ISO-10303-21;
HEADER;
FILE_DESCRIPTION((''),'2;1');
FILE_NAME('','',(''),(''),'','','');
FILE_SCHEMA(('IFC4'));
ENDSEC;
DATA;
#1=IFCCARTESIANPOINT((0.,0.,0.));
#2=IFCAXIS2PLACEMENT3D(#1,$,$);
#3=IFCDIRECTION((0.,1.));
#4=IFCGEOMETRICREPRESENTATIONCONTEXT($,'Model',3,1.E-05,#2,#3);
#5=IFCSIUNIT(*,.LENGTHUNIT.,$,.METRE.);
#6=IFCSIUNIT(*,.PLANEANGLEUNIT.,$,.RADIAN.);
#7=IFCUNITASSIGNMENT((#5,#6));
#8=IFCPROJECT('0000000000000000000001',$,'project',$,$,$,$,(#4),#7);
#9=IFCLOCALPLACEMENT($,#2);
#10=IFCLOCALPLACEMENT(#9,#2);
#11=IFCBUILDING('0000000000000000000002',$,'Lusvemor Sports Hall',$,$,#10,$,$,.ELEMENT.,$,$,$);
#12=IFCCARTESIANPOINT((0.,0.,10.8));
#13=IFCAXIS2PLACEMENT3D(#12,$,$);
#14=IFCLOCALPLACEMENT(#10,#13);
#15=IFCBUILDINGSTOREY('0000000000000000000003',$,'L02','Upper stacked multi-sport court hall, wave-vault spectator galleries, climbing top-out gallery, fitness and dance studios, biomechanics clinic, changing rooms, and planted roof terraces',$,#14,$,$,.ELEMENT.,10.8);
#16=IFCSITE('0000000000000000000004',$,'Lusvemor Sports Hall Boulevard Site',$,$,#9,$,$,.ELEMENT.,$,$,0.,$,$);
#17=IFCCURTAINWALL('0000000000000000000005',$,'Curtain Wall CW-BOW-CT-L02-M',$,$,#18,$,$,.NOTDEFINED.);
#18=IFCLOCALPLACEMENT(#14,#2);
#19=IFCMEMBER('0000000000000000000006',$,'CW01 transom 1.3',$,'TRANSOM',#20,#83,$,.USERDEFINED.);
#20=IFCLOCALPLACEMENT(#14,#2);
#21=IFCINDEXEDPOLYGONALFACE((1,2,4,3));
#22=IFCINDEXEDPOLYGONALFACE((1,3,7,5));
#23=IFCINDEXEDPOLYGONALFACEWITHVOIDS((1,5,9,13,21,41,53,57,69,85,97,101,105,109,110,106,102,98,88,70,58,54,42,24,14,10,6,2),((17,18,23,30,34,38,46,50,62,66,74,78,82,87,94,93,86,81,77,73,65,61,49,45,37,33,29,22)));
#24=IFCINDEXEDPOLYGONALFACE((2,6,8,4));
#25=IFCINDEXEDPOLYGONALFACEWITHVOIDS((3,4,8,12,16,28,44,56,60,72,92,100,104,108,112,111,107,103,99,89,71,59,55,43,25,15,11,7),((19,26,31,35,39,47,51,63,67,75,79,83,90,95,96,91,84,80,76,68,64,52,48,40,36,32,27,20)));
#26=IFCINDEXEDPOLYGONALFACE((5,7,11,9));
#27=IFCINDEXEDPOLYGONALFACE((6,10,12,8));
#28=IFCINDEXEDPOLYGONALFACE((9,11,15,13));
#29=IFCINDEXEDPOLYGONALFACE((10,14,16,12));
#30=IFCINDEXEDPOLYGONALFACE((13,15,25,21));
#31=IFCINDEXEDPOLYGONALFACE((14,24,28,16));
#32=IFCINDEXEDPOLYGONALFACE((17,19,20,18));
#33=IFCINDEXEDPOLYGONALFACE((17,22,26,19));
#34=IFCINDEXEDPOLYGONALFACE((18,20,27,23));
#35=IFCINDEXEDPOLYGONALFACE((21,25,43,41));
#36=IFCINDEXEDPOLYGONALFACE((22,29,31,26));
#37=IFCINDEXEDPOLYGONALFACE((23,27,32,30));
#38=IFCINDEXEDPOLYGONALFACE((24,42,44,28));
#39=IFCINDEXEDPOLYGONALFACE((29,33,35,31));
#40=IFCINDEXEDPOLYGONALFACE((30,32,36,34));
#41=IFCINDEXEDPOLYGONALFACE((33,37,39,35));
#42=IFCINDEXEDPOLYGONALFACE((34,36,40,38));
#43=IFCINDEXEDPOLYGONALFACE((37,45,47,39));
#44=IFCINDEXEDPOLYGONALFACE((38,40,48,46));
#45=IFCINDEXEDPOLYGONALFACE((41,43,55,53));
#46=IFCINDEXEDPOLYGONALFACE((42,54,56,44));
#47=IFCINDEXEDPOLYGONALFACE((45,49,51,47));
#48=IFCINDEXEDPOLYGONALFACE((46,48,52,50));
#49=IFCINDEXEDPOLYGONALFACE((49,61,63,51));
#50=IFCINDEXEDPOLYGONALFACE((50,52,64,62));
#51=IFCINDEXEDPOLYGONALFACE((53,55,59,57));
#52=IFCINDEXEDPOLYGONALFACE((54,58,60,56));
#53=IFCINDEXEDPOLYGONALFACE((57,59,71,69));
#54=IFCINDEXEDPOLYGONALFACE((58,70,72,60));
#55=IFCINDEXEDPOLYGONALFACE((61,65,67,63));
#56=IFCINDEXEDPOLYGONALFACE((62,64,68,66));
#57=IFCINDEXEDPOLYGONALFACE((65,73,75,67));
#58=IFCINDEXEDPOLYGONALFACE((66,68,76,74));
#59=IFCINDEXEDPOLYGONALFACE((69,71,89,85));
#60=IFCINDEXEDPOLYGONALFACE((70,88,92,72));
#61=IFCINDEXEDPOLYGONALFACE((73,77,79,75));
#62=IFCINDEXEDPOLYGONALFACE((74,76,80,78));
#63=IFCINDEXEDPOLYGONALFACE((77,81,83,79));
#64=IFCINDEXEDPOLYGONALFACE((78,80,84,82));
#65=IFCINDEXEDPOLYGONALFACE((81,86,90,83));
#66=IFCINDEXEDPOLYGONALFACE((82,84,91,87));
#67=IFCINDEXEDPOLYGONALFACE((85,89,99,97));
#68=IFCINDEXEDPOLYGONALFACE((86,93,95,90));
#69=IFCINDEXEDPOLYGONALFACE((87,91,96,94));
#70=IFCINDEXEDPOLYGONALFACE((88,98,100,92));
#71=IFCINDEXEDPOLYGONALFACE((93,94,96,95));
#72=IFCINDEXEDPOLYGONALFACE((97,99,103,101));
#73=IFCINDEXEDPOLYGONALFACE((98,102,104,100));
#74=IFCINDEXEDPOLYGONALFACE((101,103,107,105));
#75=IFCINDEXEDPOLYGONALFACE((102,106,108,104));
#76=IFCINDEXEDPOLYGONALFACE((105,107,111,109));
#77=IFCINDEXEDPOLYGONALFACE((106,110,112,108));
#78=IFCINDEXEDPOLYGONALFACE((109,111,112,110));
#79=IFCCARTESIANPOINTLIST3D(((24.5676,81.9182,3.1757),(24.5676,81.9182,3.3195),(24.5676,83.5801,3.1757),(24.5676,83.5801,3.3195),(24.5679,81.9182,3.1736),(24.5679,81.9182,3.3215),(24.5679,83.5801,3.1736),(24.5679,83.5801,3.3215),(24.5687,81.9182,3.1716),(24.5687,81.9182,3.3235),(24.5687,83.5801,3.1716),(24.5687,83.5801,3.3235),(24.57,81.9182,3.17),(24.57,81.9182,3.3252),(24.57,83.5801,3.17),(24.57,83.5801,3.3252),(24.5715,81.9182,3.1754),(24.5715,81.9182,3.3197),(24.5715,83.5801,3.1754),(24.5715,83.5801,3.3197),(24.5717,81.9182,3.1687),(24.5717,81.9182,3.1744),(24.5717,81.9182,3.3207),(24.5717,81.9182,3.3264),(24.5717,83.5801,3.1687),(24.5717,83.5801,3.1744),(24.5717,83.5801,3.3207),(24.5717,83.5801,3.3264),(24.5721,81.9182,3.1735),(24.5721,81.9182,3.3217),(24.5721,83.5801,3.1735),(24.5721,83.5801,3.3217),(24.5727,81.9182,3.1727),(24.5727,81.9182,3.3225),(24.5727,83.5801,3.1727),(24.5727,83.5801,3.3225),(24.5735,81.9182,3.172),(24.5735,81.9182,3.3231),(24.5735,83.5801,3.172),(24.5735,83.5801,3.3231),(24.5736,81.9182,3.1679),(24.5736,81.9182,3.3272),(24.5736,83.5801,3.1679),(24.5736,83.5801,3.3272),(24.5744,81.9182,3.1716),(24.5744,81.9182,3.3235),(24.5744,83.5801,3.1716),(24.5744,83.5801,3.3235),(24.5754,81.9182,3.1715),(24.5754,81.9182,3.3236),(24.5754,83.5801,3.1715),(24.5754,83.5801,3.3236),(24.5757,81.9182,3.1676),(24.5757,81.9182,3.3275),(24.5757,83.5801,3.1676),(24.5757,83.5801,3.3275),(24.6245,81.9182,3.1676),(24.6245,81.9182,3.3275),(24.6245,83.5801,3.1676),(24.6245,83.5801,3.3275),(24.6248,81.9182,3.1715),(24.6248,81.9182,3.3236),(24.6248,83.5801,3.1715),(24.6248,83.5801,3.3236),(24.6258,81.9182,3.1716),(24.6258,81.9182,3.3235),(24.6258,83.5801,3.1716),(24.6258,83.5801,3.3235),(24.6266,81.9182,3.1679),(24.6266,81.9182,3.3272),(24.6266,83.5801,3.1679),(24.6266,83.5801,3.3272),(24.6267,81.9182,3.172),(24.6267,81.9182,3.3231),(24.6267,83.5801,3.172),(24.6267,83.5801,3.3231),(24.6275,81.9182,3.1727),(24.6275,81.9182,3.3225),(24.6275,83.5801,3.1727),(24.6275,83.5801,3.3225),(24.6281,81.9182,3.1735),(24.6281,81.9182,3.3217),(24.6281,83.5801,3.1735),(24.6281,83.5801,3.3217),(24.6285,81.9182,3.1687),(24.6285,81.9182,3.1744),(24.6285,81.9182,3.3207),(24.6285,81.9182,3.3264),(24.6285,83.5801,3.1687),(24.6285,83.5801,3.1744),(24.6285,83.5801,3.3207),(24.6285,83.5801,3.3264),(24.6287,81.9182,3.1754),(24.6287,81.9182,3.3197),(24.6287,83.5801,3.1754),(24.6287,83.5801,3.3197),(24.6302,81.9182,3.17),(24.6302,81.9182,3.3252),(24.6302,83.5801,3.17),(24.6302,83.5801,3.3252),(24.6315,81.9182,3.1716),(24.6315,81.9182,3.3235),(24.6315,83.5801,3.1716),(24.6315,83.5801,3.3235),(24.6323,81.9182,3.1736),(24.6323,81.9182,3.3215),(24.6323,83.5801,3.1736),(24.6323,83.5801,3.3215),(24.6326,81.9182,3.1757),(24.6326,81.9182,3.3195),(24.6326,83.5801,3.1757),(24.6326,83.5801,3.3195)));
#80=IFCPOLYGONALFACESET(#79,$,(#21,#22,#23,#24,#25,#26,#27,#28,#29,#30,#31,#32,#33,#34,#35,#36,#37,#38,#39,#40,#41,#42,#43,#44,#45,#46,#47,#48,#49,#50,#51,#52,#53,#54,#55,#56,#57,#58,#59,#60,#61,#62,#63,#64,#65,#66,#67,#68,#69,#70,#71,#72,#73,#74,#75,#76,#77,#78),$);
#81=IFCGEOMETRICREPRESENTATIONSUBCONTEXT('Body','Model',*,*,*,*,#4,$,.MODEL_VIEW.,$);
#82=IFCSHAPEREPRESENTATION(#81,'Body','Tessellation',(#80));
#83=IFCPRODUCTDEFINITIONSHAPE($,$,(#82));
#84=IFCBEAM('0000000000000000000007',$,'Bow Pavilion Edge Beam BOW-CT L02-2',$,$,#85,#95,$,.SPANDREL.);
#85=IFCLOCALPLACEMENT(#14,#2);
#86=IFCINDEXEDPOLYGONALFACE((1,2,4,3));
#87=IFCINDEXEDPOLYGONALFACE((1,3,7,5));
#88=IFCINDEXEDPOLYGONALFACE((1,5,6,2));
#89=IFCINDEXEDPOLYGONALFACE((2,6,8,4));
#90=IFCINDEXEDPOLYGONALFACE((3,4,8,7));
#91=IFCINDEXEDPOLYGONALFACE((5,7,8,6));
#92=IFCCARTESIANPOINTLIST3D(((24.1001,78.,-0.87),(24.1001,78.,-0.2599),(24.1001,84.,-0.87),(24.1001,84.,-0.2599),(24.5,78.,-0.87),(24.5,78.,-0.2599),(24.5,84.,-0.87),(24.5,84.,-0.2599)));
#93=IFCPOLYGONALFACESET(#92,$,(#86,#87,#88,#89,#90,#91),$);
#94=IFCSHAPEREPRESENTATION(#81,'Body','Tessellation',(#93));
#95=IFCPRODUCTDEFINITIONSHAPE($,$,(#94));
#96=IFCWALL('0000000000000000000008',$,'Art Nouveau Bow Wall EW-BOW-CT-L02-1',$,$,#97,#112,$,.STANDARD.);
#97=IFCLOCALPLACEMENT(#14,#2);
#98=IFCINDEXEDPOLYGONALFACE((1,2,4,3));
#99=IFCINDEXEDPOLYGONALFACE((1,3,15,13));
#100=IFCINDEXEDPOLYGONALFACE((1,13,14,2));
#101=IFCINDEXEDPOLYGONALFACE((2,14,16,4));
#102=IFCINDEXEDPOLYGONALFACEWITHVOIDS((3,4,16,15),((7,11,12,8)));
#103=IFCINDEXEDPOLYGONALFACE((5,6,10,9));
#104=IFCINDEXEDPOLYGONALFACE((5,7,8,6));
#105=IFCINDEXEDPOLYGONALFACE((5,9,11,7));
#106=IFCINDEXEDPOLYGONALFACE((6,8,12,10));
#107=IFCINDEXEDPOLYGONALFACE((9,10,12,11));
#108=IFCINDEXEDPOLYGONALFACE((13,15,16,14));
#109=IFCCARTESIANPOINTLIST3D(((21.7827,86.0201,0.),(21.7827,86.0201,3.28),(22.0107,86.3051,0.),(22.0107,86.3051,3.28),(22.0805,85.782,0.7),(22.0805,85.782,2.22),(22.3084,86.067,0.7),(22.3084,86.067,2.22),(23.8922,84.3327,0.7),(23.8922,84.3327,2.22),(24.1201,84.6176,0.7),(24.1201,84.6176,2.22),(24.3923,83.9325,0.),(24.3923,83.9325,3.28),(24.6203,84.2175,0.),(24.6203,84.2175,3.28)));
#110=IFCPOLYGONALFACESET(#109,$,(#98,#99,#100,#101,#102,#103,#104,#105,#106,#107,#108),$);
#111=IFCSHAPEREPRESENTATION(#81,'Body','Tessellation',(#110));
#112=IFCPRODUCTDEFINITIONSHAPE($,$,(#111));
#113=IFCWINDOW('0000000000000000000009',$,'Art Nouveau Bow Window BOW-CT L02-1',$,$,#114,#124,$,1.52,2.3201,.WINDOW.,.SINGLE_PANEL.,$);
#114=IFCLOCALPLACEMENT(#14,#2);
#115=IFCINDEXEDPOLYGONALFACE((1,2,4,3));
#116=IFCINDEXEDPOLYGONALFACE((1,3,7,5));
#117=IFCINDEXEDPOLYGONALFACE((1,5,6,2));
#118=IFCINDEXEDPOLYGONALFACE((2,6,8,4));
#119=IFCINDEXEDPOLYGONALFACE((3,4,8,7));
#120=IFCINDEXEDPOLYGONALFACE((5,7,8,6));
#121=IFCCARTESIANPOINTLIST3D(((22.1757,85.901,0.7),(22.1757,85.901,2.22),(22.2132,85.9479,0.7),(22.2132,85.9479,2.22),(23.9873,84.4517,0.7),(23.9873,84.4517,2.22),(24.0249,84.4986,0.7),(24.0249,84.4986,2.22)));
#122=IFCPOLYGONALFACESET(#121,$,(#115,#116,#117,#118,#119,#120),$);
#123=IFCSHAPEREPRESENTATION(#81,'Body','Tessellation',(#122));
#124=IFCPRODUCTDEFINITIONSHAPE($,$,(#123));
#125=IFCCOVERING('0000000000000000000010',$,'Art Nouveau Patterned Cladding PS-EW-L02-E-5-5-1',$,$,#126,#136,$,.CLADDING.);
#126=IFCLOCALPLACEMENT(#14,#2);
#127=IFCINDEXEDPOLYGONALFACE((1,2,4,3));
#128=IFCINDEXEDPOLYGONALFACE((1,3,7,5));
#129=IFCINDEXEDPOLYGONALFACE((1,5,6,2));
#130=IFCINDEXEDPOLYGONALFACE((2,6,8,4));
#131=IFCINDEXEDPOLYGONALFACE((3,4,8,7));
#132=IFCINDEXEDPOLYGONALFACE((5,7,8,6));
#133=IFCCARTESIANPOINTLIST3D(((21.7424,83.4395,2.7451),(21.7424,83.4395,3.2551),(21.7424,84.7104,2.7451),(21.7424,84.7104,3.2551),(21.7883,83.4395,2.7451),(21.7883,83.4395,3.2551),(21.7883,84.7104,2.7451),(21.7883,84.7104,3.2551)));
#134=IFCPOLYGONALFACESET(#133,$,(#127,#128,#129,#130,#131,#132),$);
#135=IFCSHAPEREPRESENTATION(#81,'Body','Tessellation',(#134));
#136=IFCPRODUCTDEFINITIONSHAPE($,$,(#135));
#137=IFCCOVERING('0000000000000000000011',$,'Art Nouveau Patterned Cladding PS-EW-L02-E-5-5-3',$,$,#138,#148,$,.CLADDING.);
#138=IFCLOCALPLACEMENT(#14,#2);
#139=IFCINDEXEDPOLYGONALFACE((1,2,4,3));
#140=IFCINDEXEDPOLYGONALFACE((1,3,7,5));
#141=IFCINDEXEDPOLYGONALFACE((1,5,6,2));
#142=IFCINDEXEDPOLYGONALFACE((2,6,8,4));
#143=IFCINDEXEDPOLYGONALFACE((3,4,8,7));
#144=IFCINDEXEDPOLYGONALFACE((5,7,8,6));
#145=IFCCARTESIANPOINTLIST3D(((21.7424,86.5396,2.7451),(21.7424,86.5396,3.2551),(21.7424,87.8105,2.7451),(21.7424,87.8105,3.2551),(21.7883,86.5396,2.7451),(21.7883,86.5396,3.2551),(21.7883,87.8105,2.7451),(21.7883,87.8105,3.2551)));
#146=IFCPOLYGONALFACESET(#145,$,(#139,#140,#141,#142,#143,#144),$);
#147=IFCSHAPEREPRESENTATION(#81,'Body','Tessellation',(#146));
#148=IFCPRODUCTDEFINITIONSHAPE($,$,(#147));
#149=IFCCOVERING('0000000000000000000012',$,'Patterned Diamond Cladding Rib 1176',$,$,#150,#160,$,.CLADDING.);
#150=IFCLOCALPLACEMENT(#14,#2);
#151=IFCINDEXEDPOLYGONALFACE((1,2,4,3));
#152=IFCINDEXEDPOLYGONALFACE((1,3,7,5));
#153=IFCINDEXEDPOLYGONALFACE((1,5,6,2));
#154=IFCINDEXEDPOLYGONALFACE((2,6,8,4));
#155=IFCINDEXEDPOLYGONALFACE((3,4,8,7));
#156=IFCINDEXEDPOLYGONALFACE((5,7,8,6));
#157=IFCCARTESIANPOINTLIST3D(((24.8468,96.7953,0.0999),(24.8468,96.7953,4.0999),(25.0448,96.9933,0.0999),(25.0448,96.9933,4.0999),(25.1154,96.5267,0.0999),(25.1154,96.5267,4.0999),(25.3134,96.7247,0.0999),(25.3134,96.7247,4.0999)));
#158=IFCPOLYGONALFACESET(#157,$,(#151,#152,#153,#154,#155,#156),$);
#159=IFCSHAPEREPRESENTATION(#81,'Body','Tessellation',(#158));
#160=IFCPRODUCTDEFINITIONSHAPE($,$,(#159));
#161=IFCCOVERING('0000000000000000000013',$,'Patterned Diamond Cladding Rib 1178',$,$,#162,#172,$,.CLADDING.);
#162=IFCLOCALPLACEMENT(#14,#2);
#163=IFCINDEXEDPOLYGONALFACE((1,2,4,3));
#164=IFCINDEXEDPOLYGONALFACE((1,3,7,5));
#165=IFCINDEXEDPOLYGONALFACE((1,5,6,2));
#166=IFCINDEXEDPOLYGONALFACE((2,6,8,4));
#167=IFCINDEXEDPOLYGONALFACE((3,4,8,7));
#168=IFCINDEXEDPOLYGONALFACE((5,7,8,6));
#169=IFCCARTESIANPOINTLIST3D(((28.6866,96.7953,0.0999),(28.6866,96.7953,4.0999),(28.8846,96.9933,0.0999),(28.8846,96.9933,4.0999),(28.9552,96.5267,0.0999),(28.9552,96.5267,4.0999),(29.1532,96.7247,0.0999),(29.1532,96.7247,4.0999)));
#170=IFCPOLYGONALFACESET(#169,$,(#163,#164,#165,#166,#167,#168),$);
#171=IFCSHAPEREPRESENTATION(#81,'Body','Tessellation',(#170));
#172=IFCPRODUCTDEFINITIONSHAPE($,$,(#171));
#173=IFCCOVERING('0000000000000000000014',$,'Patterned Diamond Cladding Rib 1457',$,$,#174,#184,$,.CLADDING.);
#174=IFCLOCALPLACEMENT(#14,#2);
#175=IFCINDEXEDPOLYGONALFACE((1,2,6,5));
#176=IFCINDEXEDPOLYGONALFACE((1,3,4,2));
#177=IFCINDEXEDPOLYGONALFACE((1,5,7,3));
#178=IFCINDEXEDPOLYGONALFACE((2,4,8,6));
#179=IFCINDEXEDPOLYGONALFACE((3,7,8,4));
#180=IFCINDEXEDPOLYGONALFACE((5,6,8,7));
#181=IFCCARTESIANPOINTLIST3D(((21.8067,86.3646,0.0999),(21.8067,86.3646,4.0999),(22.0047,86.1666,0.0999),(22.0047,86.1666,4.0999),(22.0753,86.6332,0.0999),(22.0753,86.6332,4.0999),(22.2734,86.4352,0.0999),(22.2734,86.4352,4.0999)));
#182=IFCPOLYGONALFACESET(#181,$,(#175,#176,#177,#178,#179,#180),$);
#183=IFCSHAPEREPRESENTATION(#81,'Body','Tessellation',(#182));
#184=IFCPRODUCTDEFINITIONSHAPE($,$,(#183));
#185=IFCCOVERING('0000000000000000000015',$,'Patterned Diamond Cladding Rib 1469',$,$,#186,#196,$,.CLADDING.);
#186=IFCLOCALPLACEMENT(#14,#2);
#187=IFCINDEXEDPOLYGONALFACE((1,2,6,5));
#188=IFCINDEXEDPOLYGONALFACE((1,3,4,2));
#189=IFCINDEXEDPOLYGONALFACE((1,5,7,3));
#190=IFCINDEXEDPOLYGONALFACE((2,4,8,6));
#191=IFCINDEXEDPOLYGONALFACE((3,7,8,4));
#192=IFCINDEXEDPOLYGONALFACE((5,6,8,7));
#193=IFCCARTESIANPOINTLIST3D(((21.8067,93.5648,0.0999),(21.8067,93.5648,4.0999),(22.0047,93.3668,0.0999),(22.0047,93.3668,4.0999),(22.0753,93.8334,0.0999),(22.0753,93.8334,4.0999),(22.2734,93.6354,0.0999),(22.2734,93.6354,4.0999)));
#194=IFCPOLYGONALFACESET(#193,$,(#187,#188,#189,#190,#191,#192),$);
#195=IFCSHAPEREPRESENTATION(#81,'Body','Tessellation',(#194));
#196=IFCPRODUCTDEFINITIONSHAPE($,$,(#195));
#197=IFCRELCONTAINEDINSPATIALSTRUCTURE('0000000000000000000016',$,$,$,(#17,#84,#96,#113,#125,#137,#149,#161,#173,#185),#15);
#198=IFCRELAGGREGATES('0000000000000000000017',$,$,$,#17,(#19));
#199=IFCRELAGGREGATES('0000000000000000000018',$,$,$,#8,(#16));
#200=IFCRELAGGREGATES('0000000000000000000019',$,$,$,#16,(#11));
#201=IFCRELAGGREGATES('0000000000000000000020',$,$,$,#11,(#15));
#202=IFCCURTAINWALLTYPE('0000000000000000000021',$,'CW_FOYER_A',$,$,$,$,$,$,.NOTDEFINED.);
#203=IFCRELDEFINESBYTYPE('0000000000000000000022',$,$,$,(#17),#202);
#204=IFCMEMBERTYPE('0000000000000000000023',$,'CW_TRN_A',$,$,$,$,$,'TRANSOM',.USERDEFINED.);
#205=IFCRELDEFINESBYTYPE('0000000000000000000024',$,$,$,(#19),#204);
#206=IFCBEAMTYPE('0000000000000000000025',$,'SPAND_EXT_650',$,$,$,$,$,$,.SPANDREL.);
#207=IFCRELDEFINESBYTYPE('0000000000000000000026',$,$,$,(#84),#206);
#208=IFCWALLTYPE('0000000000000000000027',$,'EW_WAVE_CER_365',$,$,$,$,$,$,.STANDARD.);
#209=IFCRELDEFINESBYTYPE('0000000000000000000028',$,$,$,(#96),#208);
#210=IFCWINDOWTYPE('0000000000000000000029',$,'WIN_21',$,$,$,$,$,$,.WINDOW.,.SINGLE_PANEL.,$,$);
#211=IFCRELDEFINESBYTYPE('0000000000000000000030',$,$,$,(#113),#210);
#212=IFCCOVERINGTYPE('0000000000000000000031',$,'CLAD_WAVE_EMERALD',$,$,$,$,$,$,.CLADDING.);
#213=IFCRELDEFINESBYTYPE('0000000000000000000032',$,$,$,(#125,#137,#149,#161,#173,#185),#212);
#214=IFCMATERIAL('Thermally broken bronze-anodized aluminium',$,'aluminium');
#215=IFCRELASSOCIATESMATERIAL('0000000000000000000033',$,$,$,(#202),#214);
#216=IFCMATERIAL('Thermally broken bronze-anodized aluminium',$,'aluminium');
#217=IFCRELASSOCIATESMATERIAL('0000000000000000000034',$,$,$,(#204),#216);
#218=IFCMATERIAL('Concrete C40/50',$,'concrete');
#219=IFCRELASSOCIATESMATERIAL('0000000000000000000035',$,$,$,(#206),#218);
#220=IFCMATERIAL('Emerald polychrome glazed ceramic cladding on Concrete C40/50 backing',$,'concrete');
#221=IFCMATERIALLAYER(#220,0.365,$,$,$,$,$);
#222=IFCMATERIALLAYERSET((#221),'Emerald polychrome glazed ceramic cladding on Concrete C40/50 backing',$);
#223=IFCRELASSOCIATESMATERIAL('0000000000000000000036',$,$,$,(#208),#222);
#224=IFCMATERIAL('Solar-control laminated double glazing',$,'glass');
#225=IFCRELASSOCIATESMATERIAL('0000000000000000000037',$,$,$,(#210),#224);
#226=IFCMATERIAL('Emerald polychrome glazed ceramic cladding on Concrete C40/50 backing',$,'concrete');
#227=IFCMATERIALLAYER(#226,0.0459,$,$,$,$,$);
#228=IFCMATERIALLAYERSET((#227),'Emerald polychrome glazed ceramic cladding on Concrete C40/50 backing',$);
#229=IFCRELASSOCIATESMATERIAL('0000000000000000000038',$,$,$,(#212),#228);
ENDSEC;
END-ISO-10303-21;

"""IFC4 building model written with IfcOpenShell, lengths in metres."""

from ifc_helpers import new_model, si_unit, direction, frame, frame_2d, origin, origin_2d, place, context, subcontext, project, spatial, rectangle, hollow_rectangle, extrude, material, layer, layer_set, material_profile, profile_set, type_object, element, fill, aggregate, save


model = new_model("IFC4")

# Units and contexts
model_context = context("Model", 3, precision=1e-05, world=origin(), true_north=direction((0.0, 1.0)))
body_context = subcontext(model_context, "Body", "Model", "MODEL_VIEW")
ifc_project = project(units=[si_unit("LENGTHUNIT", "METRE"), si_unit("PLANEANGLEUNIT", "RADIAN")], contexts=[model_context])

# Site, building, storey
site_placement = place(None, origin())
site = spatial("IfcSite", under=ifc_project, at=site_placement, Name="Lusvemor Sports Hall Boulevard Site", CompositionType="ELEMENT", RefElevation=0.0)
building_placement = place(site_placement, origin())
building = spatial("IfcBuilding", under=site, at=building_placement, Name="Lusvemor Sports Hall", CompositionType="ELEMENT")
storey_placement = place(building_placement, frame((0.0, 0.0, 10.8)))
storey = spatial("IfcBuildingStorey", under=building, at=storey_placement, Name="L02", Description="Upper stacked multi-sport court hall, wave-vault spectator galleries, climbing top-out gallery, fitness and dance studios, biomechanics clinic, changing rooms, and planted roof terraces", CompositionType="ELEMENT", Elevation=10.8)

# Curtain wall
ifc_material_1 = material(Name="Thermally broken bronze-anodized aluminium", Category="aluminium")
curtain_wall_type_1 = type_object("IfcCurtainWallType", Name="CW_FOYER_A", PredefinedType="NOTDEFINED", material=ifc_material_1)
curtain_wall_1_placement = place(storey_placement, origin())
curtain_wall_1 = element("IfcCurtainWall", 1, at=curtain_wall_1_placement, inside=storey, type_object=curtain_wall_type_1, Name="Curtain Wall CW-BOW-CT-L02-M", PredefinedType="NOTDEFINED")

# Member
ifc_material_2 = material(Name="Thermally broken bronze-anodized aluminium", Category="aluminium")
ifc_material_profile_1 = material_profile(ifc_material_2, hollow_rectangle(XDim=0.0649, YDim=0.1599, WallThickness=0.0039, InnerFilletRadius=0.0039, OuterFilletRadius=0.0081, at=origin_2d()), Name="CWTRN160x65x4")
ifc_profile_set_1 = profile_set([ifc_material_profile_1], Name="Thermally broken bronze-anodized aluminium")
member_type_1 = type_object("IfcMemberType", Name="CW_TRN_A", ElementType="TRANSOM", PredefinedType="USERDEFINED", material=ifc_profile_set_1)
member_1_placement = place(storey_placement, frame((24.6001, 83.5801, 3.2476), z_axis=(0.0, -1.0, 0.0), x_axis=(1.0, 0.0, 0.0)))
member_1 = element("IfcMember", 2, at=member_1_placement, type_object=member_type_1, Name="CW01 transom 1.3", ObjectType="TRANSOM", PredefinedType="USERDEFINED", context=body_context, shape_type="SweptSolid", body=[
    extrude(hollow_rectangle(XDim=0.0649, YDim=0.1599, WallThickness=0.0039, InnerFilletRadius=0.0039, OuterFilletRadius=0.0081, at=origin_2d()), origin(), (0.0, 0.0, 1.0), 1.6619),
])
aggregate(curtain_wall_1, [member_1])

# Beam
ifc_material_3 = material(Name="Concrete C40/50", Category="concrete")
ifc_material_profile_2 = material_profile(ifc_material_3, rectangle(XDim=0.3999, YDim=0.6101, at=origin_2d()), Name="RC400x610")
ifc_profile_set_2 = profile_set([ifc_material_profile_2], Name="Concrete C40/50")
beam_type = type_object("IfcBeamType", Name="SPAND_EXT_650", PredefinedType="SPANDREL", material=ifc_profile_set_2)
beam_placement = place(storey_placement, frame((24.3, 84.0, -0.5649), z_axis=(0.0, -1.0, 0.0), x_axis=(1.0, 0.0, 0.0)))
element("IfcBeam", 3, at=beam_placement, inside=storey, type_object=beam_type, Name="Bow Pavilion Edge Beam BOW-CT L02-2", PredefinedType="SPANDREL", context=body_context, shape_type="SweptSolid", body=[
    extrude(rectangle(XDim=0.3999, YDim=0.6101, at=origin_2d()), origin(), (0.0, 0.0, 1.0), 6.0),
])

# Wall, opening, window
ifc_material_4 = material(Name="Emerald polychrome glazed ceramic cladding on Concrete C40/50 backing", Category="concrete")
ifc_layer_1 = layer(ifc_material_4, 0.365)
ifc_layer_set_1 = layer_set([ifc_layer_1], Name="Emerald polychrome glazed ceramic cladding on Concrete C40/50 backing")
wall_type = type_object("IfcWallType", Name="EW_WAVE_CER_365", PredefinedType="STANDARD", material=ifc_layer_set_1)
wall_placement = place(storey_placement, frame((21.8967, 86.1626, 0.0), z_axis=(0.0, 0.0, 1.0), x_axis=(0.780876, -0.624686, 0.0)))
wall = element("IfcWall", 4, at=wall_placement, inside=storey, type_object=wall_type, Name="Art Nouveau Bow Wall EW-BOW-CT-L02-1", PredefinedType="STANDARD", context=body_context, shape_type="SweptSolid", body=[
    extrude(rectangle(XDim=3.3418, YDim=0.365, at=frame_2d((1.6709, 0.0))), origin(), (0.0, 0.0, 1.0), 3.28),
])
opening_placement = place(wall_placement, frame((0.3811, 0.0, 0.7)))
opening = element("IfcOpeningElement", 5, at=opening_placement, cuts=wall, PredefinedType="OPENING", context=body_context, shape_type="SweptSolid", body=[
    extrude(rectangle(XDim=2.3201, YDim=1.52, at=frame_2d((1.1602, 0.76))), frame((0.0, 0.1826, 0.0), z_axis=(0.0, -1.0, 0.0), x_axis=(1.0, 0.0, 0.0)), (0.0, 0.0, 1.0), 0.365),
])
ifc_material_5 = material(Name="Solar-control laminated double glazing", Category="glass")
window_type = type_object("IfcWindowType", Name="WIN_21", PartitioningType="SINGLE_PANEL", PredefinedType="WINDOW", material=ifc_material_5)
window_placement = place(opening_placement, origin())
window = element("IfcWindow", 6, at=window_placement, inside=storey, type_object=window_type, Name="Art Nouveau Bow Window BOW-CT L02-1", OverallHeight=1.52, OverallWidth=2.3201, PartitioningType="SINGLE_PANEL", PredefinedType="WINDOW", context=body_context, shape_type="SweptSolid", body=[
    extrude(rectangle(XDim=2.3201, YDim=1.52, at=frame_2d((1.1602, 0.76))), frame((0.0, 0.03, 0.0), z_axis=(0.0, -1.0, 0.0), x_axis=(1.0, 0.0, 0.0)), (0.0, 0.0, 1.0), 0.0601),
])
fill(opening, window)

# Coverings
ifc_material_6 = material(Name="Emerald polychrome glazed ceramic cladding on Concrete C40/50 backing", Category="concrete")
ifc_layer_2 = layer(ifc_material_6, 0.0459)
ifc_layer_set_2 = layer_set([ifc_layer_2], Name="Emerald polychrome glazed ceramic cladding on Concrete C40/50 backing")
covering_type_1 = type_object("IfcCoveringType", Name="CLAD_WAVE_EMERALD", PredefinedType="CLADDING", material=ifc_layer_set_2)
for number, where, z_axis, x_axis, name in (
    (7, (21.7654, 84.075, 2.7451), (0.0, 0.0, 1.0), (1.0, 0.0, 0.0), "Art Nouveau Patterned Cladding PS-EW-L02-E-5-5-1"),
    (8, (21.7654, 87.175, 2.7451), (0.0, 0.0, 1.0), (1.0, 0.0, 0.0), "Art Nouveau Patterned Cladding PS-EW-L02-E-5-5-3"),
):
    element("IfcCovering", number, at=place(storey_placement, frame(where, z_axis=z_axis, x_axis=x_axis)), inside=storey, type_object=covering_type_1, Name=name, PredefinedType="CLADDING", context=body_context, shape_type="SweptSolid", body=[
        extrude(rectangle(XDim=0.0459, YDim=1.271, at=origin_2d()), origin(), (0.0, 0.0, 1.0), 0.51),
    ])
for number, where, z_axis, x_axis, name in (
    (9, (25.0801, 96.76, 0.0999), (0.0, 0.0, 1.0), (0.707107, 0.707107, 0.0), "Patterned Diamond Cladding Rib 1176"),
    (10, (28.9199, 96.76, 0.0999), (0.0, 0.0, 1.0), (0.707107, 0.707107, 0.0), "Patterned Diamond Cladding Rib 1178"),
):
    element("IfcCovering", number, at=place(storey_placement, frame(where, z_axis=z_axis, x_axis=x_axis)), inside=storey, type_object=covering_type_1, Name=name, PredefinedType="CLADDING", context=body_context, shape_type="SweptSolid", body=[
        extrude(rectangle(XDim=0.28, YDim=0.3799, at=origin_2d()), origin(), (0.0, 0.0, 1.0), 4.0),
    ])
for number, where, z_axis, x_axis, name in (
    (11, (22.04, 86.3999, 0.0999), (0.0, 0.0, 1.0), (0.707107, 0.707107, 0.0), "Patterned Diamond Cladding Rib 1457"),
    (12, (22.04, 93.6001, 0.0999), (0.0, 0.0, 1.0), (0.707107, 0.707107, 0.0), "Patterned Diamond Cladding Rib 1469"),
):
    element("IfcCovering", number, at=place(storey_placement, frame(where, z_axis=z_axis, x_axis=x_axis)), inside=storey, type_object=covering_type_1, Name=name, PredefinedType="CLADDING", context=body_context, shape_type="SweptSolid", body=[
        extrude(rectangle(XDim=0.3799, YDim=0.28, at=origin_2d()), origin(), (0.0, 0.0, 1.0), 4.0),
    ])

save(model, "model.ifc")
